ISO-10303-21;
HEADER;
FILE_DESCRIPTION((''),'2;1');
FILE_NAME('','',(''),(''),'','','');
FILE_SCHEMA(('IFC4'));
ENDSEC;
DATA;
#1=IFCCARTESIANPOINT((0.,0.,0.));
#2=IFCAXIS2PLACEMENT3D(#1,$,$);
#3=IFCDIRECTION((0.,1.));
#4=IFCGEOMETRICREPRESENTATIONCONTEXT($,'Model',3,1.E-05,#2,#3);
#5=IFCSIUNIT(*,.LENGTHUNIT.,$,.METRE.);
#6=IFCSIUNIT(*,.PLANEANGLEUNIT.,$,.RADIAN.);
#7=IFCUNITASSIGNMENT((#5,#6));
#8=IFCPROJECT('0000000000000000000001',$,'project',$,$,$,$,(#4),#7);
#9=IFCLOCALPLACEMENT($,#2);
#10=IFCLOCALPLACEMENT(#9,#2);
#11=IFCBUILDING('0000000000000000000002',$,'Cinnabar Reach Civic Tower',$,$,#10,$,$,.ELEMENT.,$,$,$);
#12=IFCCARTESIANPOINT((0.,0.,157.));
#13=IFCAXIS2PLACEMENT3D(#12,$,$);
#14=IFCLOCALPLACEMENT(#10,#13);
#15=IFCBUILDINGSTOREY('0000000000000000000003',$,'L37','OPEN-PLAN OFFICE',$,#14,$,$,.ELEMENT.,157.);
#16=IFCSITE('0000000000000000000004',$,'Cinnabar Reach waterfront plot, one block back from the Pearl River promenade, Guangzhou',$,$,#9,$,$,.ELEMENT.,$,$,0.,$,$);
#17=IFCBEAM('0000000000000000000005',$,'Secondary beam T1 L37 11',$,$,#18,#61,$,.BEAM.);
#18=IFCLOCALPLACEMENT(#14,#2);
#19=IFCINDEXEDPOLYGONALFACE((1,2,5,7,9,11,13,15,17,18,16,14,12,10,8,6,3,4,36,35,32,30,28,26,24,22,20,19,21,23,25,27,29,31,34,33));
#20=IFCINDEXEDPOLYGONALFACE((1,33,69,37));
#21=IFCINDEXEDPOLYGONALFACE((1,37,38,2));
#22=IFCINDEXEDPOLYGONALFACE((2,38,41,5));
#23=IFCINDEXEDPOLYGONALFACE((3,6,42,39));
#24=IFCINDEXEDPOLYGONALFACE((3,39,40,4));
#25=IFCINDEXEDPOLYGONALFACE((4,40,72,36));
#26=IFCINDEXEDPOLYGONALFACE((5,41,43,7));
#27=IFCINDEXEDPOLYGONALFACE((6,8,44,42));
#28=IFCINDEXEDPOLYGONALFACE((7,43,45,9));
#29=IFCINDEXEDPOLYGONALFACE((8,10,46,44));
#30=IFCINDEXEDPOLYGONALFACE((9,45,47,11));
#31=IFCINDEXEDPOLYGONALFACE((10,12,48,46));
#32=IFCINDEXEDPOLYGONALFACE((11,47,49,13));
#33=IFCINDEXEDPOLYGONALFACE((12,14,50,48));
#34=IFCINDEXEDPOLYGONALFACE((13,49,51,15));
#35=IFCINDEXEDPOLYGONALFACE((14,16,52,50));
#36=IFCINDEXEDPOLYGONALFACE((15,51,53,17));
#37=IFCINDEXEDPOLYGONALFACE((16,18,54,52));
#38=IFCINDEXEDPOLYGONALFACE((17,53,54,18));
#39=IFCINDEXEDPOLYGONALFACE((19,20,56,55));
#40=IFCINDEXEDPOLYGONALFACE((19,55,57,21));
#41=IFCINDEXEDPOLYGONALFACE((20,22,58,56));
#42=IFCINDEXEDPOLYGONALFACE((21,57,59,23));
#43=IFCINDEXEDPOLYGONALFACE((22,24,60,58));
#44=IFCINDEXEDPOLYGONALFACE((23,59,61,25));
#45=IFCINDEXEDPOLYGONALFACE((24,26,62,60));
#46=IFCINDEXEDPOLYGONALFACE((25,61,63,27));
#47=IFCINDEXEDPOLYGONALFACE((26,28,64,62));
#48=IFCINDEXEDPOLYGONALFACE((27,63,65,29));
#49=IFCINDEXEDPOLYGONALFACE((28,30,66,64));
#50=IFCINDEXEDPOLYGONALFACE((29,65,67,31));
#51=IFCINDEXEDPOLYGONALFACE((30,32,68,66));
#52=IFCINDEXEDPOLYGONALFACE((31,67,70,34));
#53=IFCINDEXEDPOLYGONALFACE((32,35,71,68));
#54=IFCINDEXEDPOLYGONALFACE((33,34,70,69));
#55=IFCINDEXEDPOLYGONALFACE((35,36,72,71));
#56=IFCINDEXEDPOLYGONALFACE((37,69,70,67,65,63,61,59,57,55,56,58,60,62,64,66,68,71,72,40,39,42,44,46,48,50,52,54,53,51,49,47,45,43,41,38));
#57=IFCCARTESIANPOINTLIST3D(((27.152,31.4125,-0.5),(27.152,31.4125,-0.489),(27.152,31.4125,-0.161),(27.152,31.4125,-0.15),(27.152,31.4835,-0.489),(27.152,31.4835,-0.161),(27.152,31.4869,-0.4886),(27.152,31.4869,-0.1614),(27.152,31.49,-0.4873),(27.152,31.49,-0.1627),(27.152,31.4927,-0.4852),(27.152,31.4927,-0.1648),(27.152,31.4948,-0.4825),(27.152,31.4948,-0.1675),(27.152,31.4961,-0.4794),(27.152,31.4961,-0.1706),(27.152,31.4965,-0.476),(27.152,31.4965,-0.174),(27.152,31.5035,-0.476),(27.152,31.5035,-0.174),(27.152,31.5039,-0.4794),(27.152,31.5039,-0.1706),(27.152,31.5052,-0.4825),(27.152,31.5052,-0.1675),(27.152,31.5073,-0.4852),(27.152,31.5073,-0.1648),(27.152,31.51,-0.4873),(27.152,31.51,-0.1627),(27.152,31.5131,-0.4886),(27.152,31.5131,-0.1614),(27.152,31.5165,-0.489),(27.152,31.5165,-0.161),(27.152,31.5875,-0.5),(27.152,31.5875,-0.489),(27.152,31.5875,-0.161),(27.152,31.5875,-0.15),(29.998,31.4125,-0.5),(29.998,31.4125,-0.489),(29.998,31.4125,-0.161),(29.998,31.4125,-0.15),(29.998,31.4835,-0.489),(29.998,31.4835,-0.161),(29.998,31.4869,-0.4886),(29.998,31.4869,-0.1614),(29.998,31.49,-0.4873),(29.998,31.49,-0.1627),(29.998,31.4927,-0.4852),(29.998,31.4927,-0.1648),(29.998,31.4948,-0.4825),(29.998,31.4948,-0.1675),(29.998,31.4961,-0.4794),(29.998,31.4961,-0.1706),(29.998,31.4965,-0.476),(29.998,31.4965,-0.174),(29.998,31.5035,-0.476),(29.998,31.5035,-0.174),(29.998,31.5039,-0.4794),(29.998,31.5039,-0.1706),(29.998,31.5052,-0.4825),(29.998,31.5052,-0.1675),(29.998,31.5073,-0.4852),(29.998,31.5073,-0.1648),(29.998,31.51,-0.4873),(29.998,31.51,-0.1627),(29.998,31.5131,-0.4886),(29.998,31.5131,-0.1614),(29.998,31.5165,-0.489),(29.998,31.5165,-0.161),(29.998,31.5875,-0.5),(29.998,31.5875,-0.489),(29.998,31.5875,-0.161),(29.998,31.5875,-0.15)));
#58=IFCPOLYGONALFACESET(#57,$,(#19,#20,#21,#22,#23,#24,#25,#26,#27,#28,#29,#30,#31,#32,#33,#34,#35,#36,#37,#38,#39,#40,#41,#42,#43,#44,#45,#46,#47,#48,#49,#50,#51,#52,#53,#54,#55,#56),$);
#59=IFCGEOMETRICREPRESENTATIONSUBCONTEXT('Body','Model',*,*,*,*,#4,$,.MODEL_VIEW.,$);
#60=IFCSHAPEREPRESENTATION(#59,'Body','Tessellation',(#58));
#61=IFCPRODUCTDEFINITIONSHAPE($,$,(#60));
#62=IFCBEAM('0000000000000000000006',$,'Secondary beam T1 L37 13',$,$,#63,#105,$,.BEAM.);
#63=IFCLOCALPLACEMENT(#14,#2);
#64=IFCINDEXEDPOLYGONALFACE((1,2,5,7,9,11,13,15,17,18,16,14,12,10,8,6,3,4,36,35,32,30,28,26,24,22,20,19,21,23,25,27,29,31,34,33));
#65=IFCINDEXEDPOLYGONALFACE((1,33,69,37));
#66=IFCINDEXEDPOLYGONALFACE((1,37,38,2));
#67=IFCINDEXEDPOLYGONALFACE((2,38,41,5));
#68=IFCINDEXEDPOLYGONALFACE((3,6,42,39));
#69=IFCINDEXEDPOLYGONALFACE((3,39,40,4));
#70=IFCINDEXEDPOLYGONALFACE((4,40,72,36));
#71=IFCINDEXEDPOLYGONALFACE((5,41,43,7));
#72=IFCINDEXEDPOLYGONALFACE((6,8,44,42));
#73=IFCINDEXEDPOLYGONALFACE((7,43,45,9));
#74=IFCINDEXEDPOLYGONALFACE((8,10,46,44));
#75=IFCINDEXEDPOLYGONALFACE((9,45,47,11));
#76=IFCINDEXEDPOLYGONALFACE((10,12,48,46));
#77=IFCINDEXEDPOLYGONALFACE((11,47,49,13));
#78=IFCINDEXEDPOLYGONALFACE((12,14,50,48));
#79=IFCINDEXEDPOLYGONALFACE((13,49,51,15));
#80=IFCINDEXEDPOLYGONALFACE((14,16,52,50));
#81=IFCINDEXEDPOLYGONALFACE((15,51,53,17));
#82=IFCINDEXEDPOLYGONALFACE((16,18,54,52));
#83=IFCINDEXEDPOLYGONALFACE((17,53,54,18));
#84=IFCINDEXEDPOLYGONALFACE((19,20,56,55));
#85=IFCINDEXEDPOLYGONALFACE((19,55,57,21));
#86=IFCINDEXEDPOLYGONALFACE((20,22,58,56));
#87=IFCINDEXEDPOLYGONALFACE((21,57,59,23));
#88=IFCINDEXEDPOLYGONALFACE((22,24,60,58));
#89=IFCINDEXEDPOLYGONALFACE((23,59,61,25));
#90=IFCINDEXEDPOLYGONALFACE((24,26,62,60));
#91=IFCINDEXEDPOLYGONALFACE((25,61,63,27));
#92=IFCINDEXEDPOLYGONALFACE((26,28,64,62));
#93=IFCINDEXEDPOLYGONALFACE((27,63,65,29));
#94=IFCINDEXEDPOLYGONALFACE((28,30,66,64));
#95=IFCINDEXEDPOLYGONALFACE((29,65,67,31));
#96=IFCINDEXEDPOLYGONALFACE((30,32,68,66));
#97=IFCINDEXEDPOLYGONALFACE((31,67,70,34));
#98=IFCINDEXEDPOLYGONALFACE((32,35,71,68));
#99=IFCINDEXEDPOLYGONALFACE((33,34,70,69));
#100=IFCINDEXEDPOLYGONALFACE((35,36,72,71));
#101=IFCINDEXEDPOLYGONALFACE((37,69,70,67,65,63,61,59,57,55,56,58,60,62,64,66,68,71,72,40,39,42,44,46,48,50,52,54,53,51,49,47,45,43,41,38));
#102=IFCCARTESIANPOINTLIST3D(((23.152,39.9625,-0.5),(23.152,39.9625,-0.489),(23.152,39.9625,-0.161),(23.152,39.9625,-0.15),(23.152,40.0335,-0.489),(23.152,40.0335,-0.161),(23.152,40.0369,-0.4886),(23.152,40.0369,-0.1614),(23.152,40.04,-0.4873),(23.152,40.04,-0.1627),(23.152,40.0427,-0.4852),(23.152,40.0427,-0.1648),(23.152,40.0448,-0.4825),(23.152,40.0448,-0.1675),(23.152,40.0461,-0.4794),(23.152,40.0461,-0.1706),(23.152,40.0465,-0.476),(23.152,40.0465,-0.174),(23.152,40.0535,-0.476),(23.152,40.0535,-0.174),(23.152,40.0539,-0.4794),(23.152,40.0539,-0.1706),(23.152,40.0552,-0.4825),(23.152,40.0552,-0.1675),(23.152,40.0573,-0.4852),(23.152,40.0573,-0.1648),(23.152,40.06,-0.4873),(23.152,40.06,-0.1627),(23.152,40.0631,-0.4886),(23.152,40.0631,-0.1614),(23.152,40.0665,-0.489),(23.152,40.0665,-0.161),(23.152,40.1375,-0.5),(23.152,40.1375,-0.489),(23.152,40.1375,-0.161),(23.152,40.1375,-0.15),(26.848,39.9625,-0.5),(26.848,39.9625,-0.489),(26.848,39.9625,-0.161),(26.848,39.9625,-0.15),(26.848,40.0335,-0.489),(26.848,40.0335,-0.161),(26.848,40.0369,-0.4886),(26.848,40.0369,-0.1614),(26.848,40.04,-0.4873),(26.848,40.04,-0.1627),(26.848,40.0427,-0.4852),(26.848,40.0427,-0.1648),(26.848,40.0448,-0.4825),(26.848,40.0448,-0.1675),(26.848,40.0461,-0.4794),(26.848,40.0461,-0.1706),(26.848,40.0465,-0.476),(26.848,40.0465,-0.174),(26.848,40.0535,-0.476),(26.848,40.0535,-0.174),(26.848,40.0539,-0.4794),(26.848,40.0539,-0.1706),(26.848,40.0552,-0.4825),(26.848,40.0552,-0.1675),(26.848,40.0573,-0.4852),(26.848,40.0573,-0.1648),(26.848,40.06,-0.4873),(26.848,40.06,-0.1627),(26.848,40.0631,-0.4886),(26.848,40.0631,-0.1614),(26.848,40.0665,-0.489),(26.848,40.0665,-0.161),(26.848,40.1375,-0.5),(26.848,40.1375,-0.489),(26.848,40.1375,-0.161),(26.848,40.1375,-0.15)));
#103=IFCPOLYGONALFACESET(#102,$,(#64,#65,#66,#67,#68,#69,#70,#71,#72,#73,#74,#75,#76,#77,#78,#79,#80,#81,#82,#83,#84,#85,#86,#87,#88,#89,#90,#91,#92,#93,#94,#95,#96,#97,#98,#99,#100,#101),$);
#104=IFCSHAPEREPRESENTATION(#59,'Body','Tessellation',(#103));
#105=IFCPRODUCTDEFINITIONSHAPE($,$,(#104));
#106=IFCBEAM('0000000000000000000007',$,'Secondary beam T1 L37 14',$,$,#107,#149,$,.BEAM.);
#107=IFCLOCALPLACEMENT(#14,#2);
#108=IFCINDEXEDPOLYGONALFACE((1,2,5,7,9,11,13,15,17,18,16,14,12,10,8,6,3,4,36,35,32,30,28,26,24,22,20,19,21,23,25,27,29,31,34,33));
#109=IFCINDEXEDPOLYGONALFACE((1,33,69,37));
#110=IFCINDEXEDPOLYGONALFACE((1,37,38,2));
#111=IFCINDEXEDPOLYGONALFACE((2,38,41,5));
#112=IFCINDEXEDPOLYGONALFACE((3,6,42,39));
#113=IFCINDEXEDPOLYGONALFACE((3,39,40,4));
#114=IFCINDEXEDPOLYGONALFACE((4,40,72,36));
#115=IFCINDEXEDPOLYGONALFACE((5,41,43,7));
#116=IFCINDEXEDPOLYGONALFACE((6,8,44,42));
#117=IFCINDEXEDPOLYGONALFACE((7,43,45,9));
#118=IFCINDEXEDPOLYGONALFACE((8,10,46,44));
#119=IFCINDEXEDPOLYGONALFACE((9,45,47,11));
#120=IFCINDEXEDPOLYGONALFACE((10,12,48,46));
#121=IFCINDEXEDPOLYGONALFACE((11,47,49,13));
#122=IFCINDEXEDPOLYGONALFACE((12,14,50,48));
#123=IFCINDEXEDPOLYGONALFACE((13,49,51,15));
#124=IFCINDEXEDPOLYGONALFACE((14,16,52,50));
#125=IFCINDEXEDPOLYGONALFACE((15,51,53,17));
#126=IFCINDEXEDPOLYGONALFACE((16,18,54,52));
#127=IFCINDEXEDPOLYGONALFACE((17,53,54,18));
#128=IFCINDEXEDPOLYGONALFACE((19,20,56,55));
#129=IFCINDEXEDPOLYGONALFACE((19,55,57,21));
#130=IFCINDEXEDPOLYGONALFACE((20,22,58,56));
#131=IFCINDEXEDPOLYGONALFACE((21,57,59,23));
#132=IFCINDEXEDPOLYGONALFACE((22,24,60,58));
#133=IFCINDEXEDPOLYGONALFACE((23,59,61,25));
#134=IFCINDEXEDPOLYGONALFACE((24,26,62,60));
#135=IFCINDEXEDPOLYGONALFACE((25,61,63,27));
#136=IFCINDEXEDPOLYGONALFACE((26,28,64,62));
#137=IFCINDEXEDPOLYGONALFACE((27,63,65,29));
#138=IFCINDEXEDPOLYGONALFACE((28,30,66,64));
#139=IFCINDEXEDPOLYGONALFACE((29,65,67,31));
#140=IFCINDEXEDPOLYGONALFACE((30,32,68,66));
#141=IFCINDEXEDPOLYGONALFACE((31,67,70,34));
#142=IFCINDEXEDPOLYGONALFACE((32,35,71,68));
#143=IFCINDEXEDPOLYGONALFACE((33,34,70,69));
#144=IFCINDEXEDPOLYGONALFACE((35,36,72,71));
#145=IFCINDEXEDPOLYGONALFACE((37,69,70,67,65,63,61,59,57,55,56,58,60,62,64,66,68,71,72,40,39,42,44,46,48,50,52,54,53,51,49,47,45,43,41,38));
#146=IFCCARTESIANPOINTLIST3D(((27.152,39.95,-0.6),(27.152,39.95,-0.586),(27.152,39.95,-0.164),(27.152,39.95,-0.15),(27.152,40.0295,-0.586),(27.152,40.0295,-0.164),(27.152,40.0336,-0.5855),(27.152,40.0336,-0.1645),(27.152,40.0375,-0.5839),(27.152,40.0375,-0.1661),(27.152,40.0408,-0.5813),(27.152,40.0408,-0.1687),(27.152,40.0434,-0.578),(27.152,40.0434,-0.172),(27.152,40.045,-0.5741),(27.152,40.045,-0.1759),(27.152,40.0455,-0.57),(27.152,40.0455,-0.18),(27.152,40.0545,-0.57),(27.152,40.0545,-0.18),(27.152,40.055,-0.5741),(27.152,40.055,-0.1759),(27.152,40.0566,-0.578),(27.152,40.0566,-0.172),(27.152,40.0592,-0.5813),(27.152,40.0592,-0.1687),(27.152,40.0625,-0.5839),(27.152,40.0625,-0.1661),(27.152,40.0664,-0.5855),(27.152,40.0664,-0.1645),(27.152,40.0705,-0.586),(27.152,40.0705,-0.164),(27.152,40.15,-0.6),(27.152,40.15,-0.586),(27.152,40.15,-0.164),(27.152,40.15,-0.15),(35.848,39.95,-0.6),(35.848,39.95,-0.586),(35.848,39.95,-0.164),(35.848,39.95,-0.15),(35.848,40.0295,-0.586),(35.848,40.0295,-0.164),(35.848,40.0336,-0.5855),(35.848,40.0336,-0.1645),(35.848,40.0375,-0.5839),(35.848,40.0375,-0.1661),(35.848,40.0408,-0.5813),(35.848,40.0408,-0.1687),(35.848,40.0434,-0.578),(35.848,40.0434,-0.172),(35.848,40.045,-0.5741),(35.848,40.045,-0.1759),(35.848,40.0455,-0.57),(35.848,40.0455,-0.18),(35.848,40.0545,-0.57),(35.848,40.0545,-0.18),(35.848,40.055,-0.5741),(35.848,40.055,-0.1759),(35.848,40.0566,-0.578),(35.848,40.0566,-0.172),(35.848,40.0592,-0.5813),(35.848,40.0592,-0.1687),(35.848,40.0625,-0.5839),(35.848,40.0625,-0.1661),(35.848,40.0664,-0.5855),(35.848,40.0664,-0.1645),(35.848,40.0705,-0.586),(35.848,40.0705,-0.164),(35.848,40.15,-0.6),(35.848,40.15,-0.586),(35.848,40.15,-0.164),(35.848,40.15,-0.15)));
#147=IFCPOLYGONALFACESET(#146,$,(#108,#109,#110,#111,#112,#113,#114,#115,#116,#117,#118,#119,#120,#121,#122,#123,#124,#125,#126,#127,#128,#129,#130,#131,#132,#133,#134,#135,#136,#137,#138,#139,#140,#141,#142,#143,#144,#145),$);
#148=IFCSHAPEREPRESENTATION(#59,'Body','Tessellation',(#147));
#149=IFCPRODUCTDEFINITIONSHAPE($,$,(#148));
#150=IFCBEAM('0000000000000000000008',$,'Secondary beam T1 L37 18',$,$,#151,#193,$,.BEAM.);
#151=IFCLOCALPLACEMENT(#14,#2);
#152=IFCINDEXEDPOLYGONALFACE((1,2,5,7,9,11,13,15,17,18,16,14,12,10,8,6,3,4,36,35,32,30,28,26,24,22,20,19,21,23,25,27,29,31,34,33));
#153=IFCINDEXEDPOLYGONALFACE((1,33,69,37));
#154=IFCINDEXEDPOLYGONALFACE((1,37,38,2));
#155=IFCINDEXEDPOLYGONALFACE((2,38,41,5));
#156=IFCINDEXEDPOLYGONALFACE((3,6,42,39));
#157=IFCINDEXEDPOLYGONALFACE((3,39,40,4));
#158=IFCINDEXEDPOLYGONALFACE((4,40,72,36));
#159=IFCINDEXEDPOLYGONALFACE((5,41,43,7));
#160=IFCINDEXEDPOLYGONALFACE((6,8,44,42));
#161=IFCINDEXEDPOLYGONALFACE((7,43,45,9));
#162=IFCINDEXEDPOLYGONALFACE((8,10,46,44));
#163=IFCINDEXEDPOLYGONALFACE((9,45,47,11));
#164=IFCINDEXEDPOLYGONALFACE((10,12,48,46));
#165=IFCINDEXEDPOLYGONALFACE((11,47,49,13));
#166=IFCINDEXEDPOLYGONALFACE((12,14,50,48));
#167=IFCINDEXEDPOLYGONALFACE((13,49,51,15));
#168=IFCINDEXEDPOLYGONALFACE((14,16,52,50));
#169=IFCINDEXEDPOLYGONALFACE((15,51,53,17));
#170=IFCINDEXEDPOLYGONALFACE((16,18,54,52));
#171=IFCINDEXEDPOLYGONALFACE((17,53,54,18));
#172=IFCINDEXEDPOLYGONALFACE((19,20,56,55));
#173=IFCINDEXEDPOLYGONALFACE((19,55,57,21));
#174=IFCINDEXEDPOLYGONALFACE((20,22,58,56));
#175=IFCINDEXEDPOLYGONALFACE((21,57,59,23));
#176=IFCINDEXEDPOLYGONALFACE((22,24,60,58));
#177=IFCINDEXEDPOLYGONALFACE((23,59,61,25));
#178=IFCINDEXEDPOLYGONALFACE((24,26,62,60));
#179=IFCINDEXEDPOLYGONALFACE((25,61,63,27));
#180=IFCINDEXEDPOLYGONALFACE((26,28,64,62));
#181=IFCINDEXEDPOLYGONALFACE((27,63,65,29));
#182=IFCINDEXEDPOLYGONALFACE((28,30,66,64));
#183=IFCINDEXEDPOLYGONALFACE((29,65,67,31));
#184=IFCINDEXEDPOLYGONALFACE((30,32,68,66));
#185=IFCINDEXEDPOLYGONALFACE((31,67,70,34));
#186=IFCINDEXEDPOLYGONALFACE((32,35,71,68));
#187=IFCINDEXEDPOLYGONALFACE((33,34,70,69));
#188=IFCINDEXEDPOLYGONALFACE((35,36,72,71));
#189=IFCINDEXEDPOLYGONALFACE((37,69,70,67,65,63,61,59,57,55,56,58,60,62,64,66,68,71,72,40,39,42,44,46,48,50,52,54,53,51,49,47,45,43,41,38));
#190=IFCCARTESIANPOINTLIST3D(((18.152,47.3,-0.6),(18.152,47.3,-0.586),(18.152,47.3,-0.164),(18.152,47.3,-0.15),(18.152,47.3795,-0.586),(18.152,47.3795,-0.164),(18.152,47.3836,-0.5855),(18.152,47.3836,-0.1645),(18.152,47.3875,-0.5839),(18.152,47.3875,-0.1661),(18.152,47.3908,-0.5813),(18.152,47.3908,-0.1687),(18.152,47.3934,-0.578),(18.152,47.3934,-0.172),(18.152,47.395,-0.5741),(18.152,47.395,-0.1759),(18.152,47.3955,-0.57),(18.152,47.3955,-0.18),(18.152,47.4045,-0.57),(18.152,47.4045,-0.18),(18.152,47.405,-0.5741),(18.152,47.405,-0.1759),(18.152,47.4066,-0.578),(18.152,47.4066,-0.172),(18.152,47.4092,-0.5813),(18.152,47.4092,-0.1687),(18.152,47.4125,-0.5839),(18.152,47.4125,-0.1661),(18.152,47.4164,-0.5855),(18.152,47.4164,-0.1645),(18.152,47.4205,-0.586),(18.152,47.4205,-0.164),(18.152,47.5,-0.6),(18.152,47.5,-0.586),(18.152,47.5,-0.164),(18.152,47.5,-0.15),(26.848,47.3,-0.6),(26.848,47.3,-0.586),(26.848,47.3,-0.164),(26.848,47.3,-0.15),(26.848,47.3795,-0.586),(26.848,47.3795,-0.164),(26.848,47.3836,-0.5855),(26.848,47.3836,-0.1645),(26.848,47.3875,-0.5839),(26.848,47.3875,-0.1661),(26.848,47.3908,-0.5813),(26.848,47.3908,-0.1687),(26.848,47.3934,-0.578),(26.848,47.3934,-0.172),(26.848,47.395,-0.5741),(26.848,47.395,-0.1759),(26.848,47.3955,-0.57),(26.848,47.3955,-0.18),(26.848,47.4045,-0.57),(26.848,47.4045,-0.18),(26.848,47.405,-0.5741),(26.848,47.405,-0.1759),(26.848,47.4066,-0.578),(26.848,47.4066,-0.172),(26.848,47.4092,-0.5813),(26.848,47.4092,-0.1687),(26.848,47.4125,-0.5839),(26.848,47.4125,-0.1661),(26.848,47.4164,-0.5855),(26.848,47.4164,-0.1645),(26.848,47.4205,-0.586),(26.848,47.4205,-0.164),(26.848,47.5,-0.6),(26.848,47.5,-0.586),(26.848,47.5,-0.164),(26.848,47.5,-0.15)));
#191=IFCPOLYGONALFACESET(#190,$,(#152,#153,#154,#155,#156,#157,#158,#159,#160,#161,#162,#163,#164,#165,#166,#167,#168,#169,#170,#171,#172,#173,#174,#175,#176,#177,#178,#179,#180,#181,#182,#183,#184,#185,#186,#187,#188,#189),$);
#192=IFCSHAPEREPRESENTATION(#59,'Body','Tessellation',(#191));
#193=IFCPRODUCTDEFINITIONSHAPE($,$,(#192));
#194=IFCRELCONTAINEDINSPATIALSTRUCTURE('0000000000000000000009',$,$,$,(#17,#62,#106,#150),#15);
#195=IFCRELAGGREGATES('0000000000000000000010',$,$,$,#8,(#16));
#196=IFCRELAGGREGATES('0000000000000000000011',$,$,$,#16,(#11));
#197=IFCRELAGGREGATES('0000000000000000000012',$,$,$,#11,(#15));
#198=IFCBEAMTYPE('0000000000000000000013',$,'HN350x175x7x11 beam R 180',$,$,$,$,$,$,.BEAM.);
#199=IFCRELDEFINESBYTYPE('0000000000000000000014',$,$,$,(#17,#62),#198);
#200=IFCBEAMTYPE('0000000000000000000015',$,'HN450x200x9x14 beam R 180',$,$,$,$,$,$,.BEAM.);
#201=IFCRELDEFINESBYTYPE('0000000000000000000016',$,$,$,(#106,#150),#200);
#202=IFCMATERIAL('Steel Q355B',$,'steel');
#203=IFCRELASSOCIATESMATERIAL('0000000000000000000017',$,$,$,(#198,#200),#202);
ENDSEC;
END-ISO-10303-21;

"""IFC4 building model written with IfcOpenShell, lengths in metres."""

from ifc_helpers import new_model, si_unit, direction, frame, origin, origin_2d, place, context, subcontext, project, spatial, i_section, extrude, material, material_profile, profile_set, type_object, element, save


model = new_model("IFC4")

# Units and contexts
model_context = context("Model", 3, precision=1e-05, world=origin(), true_north=direction((0.0, 1.0)))
body_context = subcontext(model_context, "Body", "Model", "MODEL_VIEW")
ifc_project = project(units=[si_unit("LENGTHUNIT", "METRE"), si_unit("PLANEANGLEUNIT", "RADIAN")], contexts=[model_context])

# Site, building, storey
site_placement = place(None, origin())
site = spatial("IfcSite", under=ifc_project, at=site_placement, Name="Cinnabar Reach waterfront plot, one block back from the Pearl River promenade, Guangzhou", CompositionType="ELEMENT", RefElevation=0.0)
building_placement = place(site_placement, origin())
building = spatial("IfcBuilding", under=site, at=building_placement, Name="Cinnabar Reach Civic Tower", CompositionType="ELEMENT")
storey_placement = place(building_placement, frame((0.0, 0.0, 157.0)))
storey = spatial("IfcBuildingStorey", under=building, at=storey_placement, Name="L37", Description="OPEN-PLAN OFFICE", CompositionType="ELEMENT", Elevation=157.0)

# Beams
ifc_material_1 = material(Name="Steel Q355B", Category="steel")
ifc_material_profile_1 = material_profile(ifc_material_1, i_section(OverallWidth=0.175, OverallDepth=0.35, WebThickness=0.007, FlangeThickness=0.011, FilletRadius=0.013, at=origin_2d()), Name="HN350x175x7x11")
ifc_profile_set_1 = profile_set([ifc_material_profile_1], Name="Steel Q355B")
beam_type_1 = type_object("IfcBeamType", Name="HN350x175x7x11 beam R 180", PredefinedType="BEAM", material=ifc_profile_set_1)
beam_1_placement = place(storey_placement, frame((27.152, 31.5, -0.325), z_axis=(1.0, 0.0, 0.0), x_axis=(0.0, 1.0, 0.0)))
element("IfcBeam", 1, at=beam_1_placement, inside=storey, type_object=beam_type_1, Name="Secondary beam T1 L37 11", PredefinedType="BEAM", context=body_context, shape_type="SweptSolid", body=[
    extrude(i_section(OverallWidth=0.175, OverallDepth=0.35, WebThickness=0.007, FlangeThickness=0.011, FilletRadius=0.013, at=origin_2d()), origin(), (0.0, 0.0, 1.0), 2.846),
])
beam_2_placement = place(storey_placement, frame((23.152, 40.05, -0.325), z_axis=(1.0, 0.0, 0.0), x_axis=(0.0, 1.0, 0.0)))
element("IfcBeam", 2, at=beam_2_placement, inside=storey, type_object=beam_type_1, Name="Secondary beam T1 L37 13", PredefinedType="BEAM", context=body_context, shape_type="SweptSolid", body=[
    extrude(i_section(OverallWidth=0.175, OverallDepth=0.35, WebThickness=0.007, FlangeThickness=0.011, FilletRadius=0.013, at=origin_2d()), origin(), (0.0, 0.0, 1.0), 3.696),
])
ifc_material_profile_2 = material_profile(ifc_material_1, i_section(OverallWidth=0.2, OverallDepth=0.45, WebThickness=0.009, FlangeThickness=0.014, FilletRadius=0.016, at=origin_2d()), Name="HN450x200x9x14")
ifc_profile_set_2 = profile_set([ifc_material_profile_2], Name="Steel Q355B")
beam_type_2 = type_object("IfcBeamType", Name="HN450x200x9x14 beam R 180", PredefinedType="BEAM", material=ifc_profile_set_2)
for number, where, z_axis, x_axis, name in (
    (3, (27.152, 40.05, -0.375), (1.0, 0.0, 0.0), (0.0, 1.0, 0.0), "Secondary beam T1 L37 14"),
    (4, (18.152, 47.4, -0.375), (1.0, 0.0, 0.0), (0.0, 1.0, 0.0), "Secondary beam T1 L37 18"),
):
    element("IfcBeam", number, at=place(storey_placement, frame(where, z_axis=z_axis, x_axis=x_axis)), inside=storey, type_object=beam_type_2, Name=name, PredefinedType="BEAM", context=body_context, shape_type="SweptSolid", body=[
        extrude(i_section(OverallWidth=0.2, OverallDepth=0.45, WebThickness=0.009, FlangeThickness=0.014, FilletRadius=0.016, at=origin_2d()), origin(), (0.0, 0.0, 1.0), 8.696),
    ])

save(model, "model.ifc")
